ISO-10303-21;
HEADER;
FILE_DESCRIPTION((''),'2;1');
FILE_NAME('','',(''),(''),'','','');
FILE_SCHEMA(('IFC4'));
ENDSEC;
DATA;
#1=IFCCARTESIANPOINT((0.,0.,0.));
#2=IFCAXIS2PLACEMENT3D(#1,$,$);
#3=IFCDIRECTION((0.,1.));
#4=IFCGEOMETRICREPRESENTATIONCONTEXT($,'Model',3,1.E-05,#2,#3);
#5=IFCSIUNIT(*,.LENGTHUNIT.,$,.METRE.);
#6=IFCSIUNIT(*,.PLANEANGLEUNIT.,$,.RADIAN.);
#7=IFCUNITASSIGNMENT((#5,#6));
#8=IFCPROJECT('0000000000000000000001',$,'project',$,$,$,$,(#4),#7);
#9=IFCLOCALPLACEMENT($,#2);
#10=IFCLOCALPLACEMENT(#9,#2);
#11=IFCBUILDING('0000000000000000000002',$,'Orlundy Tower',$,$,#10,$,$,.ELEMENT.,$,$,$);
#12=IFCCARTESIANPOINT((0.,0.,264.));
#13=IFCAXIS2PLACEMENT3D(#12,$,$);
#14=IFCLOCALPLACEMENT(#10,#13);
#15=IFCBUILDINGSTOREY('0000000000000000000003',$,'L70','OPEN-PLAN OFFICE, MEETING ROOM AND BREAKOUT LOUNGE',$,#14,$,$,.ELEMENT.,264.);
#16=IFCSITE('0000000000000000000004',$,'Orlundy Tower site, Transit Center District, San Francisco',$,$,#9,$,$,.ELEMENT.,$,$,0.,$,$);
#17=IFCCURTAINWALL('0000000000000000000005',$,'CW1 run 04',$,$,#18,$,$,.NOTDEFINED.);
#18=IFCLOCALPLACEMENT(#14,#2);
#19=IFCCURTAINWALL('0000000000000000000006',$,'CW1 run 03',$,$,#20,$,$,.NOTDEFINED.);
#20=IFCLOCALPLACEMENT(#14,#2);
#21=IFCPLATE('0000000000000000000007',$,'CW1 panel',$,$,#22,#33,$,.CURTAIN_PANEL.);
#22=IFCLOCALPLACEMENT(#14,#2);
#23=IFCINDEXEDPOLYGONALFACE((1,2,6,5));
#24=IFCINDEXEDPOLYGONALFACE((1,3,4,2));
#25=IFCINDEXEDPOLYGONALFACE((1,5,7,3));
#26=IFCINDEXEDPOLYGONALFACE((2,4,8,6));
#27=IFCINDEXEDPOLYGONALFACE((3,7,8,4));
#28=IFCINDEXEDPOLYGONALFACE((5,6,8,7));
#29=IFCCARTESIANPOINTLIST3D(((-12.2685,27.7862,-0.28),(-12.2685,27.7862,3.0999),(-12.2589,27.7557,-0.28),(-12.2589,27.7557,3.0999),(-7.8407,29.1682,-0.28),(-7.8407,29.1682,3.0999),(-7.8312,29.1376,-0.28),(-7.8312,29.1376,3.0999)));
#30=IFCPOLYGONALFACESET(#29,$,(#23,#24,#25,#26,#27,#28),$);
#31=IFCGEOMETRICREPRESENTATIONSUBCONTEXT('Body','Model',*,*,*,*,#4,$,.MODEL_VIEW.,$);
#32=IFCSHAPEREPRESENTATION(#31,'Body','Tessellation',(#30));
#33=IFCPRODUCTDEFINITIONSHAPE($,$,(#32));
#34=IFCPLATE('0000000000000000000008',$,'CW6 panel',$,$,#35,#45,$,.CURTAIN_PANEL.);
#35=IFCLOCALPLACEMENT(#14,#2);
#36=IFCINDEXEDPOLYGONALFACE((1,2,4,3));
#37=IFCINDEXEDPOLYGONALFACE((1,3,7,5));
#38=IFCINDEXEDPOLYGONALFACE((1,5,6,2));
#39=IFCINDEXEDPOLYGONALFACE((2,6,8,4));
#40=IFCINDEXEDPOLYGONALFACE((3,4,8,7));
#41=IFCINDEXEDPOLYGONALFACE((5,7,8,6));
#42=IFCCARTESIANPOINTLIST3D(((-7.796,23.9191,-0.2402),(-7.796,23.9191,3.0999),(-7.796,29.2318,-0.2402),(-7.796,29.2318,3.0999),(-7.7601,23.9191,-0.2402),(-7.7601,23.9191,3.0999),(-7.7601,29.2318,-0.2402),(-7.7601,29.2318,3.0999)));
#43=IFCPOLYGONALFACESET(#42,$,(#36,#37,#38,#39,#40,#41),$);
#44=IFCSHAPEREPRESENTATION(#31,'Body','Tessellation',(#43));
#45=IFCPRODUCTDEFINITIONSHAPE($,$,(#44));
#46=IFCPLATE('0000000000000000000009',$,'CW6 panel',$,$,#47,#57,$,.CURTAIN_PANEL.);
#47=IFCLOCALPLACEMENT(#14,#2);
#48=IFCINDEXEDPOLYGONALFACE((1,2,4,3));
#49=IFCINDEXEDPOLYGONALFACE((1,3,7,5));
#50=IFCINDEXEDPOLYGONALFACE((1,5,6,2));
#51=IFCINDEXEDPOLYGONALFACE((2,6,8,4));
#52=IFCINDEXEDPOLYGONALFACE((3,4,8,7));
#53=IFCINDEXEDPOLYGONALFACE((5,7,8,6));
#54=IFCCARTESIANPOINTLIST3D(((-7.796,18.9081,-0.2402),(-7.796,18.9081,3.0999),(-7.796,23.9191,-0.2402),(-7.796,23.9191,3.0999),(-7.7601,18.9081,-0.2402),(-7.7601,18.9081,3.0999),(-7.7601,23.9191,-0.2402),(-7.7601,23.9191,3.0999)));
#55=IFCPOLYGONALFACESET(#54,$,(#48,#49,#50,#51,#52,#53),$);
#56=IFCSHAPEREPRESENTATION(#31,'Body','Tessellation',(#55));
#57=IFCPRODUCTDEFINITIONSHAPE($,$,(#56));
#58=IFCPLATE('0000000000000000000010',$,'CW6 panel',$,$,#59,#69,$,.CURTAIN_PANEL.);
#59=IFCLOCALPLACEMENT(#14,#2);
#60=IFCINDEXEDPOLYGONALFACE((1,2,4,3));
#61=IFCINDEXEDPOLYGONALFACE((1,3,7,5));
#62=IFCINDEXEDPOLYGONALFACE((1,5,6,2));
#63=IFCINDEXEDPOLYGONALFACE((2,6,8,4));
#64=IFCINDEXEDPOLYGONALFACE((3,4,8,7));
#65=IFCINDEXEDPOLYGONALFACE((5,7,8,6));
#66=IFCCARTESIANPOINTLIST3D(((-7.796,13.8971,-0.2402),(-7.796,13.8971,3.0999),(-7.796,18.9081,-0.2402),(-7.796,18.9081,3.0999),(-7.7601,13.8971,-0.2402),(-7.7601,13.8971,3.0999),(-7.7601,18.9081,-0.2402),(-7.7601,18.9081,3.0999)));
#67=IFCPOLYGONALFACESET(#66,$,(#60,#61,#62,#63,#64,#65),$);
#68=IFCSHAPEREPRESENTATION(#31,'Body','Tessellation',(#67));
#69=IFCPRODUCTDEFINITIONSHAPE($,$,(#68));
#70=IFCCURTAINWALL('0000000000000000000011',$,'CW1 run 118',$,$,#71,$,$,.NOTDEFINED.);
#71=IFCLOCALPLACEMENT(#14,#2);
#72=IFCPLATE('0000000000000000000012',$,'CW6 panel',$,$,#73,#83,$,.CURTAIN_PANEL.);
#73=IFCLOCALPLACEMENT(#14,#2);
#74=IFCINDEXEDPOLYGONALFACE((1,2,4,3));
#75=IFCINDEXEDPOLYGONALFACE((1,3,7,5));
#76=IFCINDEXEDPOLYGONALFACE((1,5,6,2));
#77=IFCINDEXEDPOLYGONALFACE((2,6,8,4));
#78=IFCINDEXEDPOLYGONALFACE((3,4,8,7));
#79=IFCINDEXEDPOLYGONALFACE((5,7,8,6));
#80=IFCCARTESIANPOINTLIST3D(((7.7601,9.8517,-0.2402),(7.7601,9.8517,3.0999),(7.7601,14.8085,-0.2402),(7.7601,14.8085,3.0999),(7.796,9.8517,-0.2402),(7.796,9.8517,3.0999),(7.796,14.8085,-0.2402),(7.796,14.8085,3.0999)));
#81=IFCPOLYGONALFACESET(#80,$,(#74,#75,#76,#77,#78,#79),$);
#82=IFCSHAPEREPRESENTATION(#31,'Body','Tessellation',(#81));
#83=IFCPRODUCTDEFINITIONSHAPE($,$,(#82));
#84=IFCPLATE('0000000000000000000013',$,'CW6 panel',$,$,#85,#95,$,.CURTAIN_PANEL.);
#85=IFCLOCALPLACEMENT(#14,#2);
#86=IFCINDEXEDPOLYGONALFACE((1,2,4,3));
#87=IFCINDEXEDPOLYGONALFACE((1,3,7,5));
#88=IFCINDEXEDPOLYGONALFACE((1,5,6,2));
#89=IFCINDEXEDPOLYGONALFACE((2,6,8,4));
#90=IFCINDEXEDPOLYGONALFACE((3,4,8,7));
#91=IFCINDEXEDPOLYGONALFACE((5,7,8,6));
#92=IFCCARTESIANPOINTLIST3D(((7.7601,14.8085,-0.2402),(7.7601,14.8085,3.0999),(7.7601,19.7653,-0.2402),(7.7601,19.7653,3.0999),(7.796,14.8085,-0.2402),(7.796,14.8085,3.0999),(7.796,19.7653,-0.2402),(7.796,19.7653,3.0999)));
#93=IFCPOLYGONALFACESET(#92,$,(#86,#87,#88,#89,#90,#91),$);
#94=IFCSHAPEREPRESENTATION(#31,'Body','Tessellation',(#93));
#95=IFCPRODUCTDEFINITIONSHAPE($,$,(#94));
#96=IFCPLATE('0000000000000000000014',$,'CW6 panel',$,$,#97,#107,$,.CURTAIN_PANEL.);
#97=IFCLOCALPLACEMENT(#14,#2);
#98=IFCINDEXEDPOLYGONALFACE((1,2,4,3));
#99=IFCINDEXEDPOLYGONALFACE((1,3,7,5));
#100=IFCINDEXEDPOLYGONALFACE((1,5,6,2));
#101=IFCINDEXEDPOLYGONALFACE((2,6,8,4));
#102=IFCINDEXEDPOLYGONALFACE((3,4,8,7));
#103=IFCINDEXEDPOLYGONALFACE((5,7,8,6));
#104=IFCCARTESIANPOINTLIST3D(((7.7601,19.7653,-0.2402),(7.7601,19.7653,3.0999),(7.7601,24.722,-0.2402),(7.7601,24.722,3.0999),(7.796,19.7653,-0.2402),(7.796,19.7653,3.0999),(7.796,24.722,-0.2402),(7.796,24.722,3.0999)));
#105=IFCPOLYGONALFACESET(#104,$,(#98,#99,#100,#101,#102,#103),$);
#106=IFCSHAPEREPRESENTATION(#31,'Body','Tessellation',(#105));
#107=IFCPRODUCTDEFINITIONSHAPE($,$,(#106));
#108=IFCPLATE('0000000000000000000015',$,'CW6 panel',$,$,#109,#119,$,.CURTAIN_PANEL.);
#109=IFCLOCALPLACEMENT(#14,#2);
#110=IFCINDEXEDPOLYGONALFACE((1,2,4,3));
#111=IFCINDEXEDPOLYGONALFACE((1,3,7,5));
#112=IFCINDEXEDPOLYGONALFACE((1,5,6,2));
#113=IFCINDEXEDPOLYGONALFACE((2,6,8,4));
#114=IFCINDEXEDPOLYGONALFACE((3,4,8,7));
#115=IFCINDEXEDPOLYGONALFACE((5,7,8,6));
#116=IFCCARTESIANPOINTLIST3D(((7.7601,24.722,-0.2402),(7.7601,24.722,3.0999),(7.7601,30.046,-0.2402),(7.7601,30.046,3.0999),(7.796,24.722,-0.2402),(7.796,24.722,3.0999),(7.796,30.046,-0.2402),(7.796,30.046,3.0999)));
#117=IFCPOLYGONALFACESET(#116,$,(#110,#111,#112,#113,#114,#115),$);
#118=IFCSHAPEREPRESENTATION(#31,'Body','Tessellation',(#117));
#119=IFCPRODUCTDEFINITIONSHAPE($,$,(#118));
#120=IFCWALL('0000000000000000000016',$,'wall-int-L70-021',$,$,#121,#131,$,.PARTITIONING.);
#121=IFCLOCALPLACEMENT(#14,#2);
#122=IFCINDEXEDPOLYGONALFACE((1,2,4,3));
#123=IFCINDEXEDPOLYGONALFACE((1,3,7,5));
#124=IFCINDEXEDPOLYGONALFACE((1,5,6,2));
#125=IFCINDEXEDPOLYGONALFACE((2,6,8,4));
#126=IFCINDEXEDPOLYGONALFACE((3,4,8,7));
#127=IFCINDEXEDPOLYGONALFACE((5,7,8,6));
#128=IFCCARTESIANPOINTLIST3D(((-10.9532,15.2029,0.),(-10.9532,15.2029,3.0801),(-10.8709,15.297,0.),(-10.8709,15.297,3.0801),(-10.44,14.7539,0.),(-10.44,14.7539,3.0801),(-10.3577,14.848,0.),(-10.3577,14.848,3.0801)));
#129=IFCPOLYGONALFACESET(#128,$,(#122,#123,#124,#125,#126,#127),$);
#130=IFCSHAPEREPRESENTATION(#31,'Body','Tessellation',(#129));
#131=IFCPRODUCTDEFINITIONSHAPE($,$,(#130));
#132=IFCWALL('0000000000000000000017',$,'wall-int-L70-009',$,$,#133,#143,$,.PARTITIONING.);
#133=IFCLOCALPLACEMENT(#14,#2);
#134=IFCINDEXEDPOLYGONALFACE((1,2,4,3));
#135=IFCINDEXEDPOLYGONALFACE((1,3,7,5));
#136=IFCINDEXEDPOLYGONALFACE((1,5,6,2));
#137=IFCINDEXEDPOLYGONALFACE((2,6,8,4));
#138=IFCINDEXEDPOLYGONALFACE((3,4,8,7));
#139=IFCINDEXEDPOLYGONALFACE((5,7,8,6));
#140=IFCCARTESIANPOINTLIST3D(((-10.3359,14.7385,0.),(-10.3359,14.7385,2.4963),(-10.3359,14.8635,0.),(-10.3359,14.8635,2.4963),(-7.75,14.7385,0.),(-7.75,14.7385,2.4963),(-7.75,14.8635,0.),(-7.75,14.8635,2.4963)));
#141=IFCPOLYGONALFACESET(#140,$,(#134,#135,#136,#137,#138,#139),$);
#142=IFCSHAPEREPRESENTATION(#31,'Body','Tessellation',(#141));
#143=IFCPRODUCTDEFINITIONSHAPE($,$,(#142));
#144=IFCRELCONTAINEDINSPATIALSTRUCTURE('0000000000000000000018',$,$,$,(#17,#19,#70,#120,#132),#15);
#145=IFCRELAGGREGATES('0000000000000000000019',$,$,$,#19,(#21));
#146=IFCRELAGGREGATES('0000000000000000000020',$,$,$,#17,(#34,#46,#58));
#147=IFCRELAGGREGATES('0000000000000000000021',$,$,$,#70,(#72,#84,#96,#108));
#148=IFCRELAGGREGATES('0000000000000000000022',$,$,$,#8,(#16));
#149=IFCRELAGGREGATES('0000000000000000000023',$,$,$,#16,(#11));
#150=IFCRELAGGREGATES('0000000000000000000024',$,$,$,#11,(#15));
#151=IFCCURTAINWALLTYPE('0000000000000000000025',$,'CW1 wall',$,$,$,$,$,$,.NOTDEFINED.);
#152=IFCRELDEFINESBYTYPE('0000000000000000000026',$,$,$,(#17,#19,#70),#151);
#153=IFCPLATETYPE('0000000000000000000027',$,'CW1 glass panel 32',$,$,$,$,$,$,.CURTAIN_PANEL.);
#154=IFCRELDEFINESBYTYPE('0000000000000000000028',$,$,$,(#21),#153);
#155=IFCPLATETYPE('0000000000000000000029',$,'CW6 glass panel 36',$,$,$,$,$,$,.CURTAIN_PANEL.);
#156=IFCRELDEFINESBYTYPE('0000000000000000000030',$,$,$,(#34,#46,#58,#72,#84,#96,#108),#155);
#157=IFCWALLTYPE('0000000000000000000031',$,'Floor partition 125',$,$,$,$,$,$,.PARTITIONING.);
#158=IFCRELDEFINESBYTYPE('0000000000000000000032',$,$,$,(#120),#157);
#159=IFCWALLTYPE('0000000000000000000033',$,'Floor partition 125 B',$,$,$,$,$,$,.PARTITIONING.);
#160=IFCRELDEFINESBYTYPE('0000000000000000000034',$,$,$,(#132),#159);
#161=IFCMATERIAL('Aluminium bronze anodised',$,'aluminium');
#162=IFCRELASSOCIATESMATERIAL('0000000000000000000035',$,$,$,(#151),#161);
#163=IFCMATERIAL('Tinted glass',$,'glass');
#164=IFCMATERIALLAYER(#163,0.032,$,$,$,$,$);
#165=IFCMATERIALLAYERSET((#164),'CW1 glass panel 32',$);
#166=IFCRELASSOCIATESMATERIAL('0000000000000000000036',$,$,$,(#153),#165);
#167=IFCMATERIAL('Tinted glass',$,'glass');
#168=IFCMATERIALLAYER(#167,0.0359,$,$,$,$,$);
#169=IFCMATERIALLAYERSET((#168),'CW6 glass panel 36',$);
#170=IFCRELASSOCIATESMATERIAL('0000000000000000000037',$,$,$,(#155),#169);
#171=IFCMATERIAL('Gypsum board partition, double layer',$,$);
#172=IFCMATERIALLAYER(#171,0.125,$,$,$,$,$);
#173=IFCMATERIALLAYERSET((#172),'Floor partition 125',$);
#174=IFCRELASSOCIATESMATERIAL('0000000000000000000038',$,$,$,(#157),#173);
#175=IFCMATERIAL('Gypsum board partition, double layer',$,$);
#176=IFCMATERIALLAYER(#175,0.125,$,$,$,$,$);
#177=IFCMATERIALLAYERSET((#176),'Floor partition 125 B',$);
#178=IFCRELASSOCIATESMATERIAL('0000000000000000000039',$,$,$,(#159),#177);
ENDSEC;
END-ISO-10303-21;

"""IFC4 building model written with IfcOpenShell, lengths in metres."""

from ifc_helpers import new_model, si_unit, direction, frame, frame_2d, origin, origin_2d, place, context, subcontext, project, spatial, rectangle, extrude, material, layer, layer_set, type_object, element, aggregate, save


model = new_model("IFC4")

# Units and contexts
model_context = context("Model", 3, precision=1e-05, world=origin(), true_north=direction((0.0, 1.0)))
body_context = subcontext(model_context, "Body", "Model", "MODEL_VIEW")
ifc_project = project(units=[si_unit("LENGTHUNIT", "METRE"), si_unit("PLANEANGLEUNIT", "RADIAN")], contexts=[model_context])

# Site, building, storey
site_placement = place(None, origin())
site = spatial("IfcSite", under=ifc_project, at=site_placement, Name="Orlundy Tower site, Transit Center District, San Francisco", CompositionType="ELEMENT", RefElevation=0.0)
building_placement = place(site_placement, origin())
building = spatial("IfcBuilding", under=site, at=building_placement, Name="Orlundy Tower", CompositionType="ELEMENT")
storey_placement = place(building_placement, frame((0.0, 0.0, 264.0)))
storey = spatial("IfcBuildingStorey", under=building, at=storey_placement, Name="L70", Description="OPEN-PLAN OFFICE, MEETING ROOM AND BREAKOUT LOUNGE", CompositionType="ELEMENT", Elevation=264.0)

# Curtain walls
ifc_material_1 = material(Name="Aluminium bronze anodised", Category="aluminium")
curtain_wall_type = type_object("IfcCurtainWallType", Name="CW1 wall", PredefinedType="NOTDEFINED", material=ifc_material_1)
curtain_wall_1_placement = place(storey_placement, origin())
curtain_wall_1 = element("IfcCurtainWall", 1, at=curtain_wall_1_placement, inside=storey, type_object=curtain_wall_type, Name="CW1 run 04", PredefinedType="NOTDEFINED")
curtain_wall_2_placement = place(storey_placement, origin())
curtain_wall_2 = element("IfcCurtainWall", 2, at=curtain_wall_2_placement, inside=storey, type_object=curtain_wall_type, Name="CW1 run 03", PredefinedType="NOTDEFINED")

# Plates
ifc_material_2 = material(Name="Tinted glass", Category="glass")
ifc_layer_1 = layer(ifc_material_2, 0.032)
ifc_layer_set_1 = layer_set([ifc_layer_1], Name="CW1 glass panel 32")
plate_type_1 = type_object("IfcPlateType", Name="CW1 glass panel 32", PredefinedType="CURTAIN_PANEL", material=ifc_layer_set_1)
plate_1_placement = place(storey_placement, frame((-10.0498, 28.4619, -0.28), z_axis=(0.0, 0.0, 1.0), x_axis=(0.954586, 0.297935, 0.0)))
plate_1 = element("IfcPlate", 3, at=plate_1_placement, type_object=plate_type_1, Name="CW1 panel", PredefinedType="CURTAIN_PANEL", context=body_context, shape_type="SweptSolid", body=[
    extrude(rectangle(XDim=4.6384, YDim=0.032, at=origin_2d()), origin(), (0.0, 0.0, 1.0), 3.3799),
])
aggregate(curtain_wall_2, [plate_1])
ifc_material_3 = material(Name="Tinted glass", Category="glass")
ifc_layer_2 = layer(ifc_material_3, 0.0359)
ifc_layer_set_2 = layer_set([ifc_layer_2], Name="CW6 glass panel 36")
plate_type_2 = type_object("IfcPlateType", Name="CW6 glass panel 36", PredefinedType="CURTAIN_PANEL", material=ifc_layer_set_2)
plate_2_placement = place(storey_placement, frame((-7.7781, 26.5754, -0.2402), z_axis=(0.0, 0.0, 1.0), x_axis=(0.0, -1.0, 0.0)))
plate_2 = element("IfcPlate", 4, at=plate_2_placement, type_object=plate_type_2, Name="CW6 panel", PredefinedType="CURTAIN_PANEL", context=body_context, shape_type="SweptSolid", body=[
    extrude(rectangle(XDim=5.3127, YDim=0.0359, at=origin_2d()), origin(), (0.0, 0.0, 1.0), 3.3401),
])
plate_3_placement = place(storey_placement, frame((-7.7781, 21.4136, -0.2402), z_axis=(0.0, 0.0, 1.0), x_axis=(0.0, -1.0, 0.0)))
plate_3 = element("IfcPlate", 5, at=plate_3_placement, type_object=plate_type_2, Name="CW6 panel", PredefinedType="CURTAIN_PANEL", context=body_context, shape_type="SweptSolid", body=[
    extrude(rectangle(XDim=5.011, YDim=0.0359, at=origin_2d()), origin(), (0.0, 0.0, 1.0), 3.3401),
])
plate_4_placement = place(storey_placement, frame((-7.7781, 16.4026, -0.2402), z_axis=(0.0, 0.0, 1.0), x_axis=(0.0, -1.0, 0.0)))
plate_4 = element("IfcPlate", 6, at=plate_4_placement, type_object=plate_type_2, Name="CW6 panel", PredefinedType="CURTAIN_PANEL", context=body_context, shape_type="SweptSolid", body=[
    extrude(rectangle(XDim=5.011, YDim=0.0359, at=origin_2d()), origin(), (0.0, 0.0, 1.0), 3.3401),
])
aggregate(curtain_wall_1, [plate_2, plate_3, plate_4])

# Curtain wall, plates
curtain_wall_3_placement = place(storey_placement, origin())
curtain_wall_3 = element("IfcCurtainWall", 7, at=curtain_wall_3_placement, inside=storey, type_object=curtain_wall_type, Name="CW1 run 118", PredefinedType="NOTDEFINED")
plate_5_placement = place(storey_placement, frame((7.7781, 12.3301, -0.2402), z_axis=(0.0, 0.0, 1.0), x_axis=(0.0, 1.0, 0.0)))
plate_5 = element("IfcPlate", 8, at=plate_5_placement, type_object=plate_type_2, Name="CW6 panel", PredefinedType="CURTAIN_PANEL", context=body_context, shape_type="SweptSolid", body=[
    extrude(rectangle(XDim=4.9568, YDim=0.0359, at=origin_2d()), origin(), (0.0, 0.0, 1.0), 3.3401),
])
plate_6_placement = place(storey_placement, frame((7.7781, 17.2869, -0.2402), z_axis=(0.0, 0.0, 1.0), x_axis=(0.0, 1.0, 0.0)))
plate_6 = element("IfcPlate", 9, at=plate_6_placement, type_object=plate_type_2, Name="CW6 panel", PredefinedType="CURTAIN_PANEL", context=body_context, shape_type="SweptSolid", body=[
    extrude(rectangle(XDim=4.9568, YDim=0.0359, at=origin_2d()), origin(), (0.0, 0.0, 1.0), 3.3401),
])
plate_7_placement = place(storey_placement, frame((7.7781, 22.2437, -0.2402), z_axis=(0.0, 0.0, 1.0), x_axis=(0.0, 1.0, 0.0)))
plate_7 = element("IfcPlate", 10, at=plate_7_placement, type_object=plate_type_2, Name="CW6 panel", PredefinedType="CURTAIN_PANEL", context=body_context, shape_type="SweptSolid", body=[
    extrude(rectangle(XDim=4.9568, YDim=0.0359, at=origin_2d()), origin(), (0.0, 0.0, 1.0), 3.3401),
])
plate_8_placement = place(storey_placement, frame((7.7781, 27.384, -0.2402), z_axis=(0.0, 0.0, 1.0), x_axis=(0.0, 1.0, 0.0)))
plate_8 = element("IfcPlate", 11, at=plate_8_placement, type_object=plate_type_2, Name="CW6 panel", PredefinedType="CURTAIN_PANEL", context=body_context, shape_type="SweptSolid", body=[
    extrude(rectangle(XDim=5.324, YDim=0.0359, at=origin_2d()), origin(), (0.0, 0.0, 1.0), 3.3401),
])
aggregate(curtain_wall_3, [plate_5, plate_6, plate_7, plate_8])

# Walls
ifc_material_4 = material(Name="Gypsum board partition, double layer")
ifc_layer_3 = layer(ifc_material_4, 0.125)
ifc_layer_set_3 = layer_set([ifc_layer_3], Name="Floor partition 125")
wall_type_1 = type_object("IfcWallType", Name="Floor partition 125", PredefinedType="PARTITIONING", material=ifc_layer_set_3)
wall_1_placement = place(storey_placement, frame((-10.3989, 14.801, 0.0), z_axis=(0.0, 0.0, 1.0), x_axis=(-0.752621, 0.658454, 0.0)))
element("IfcWall", 12, at=wall_1_placement, inside=storey, type_object=wall_type_1, Name="wall-int-L70-021", PredefinedType="PARTITIONING", context=body_context, shape_type="SweptSolid", body=[
    extrude(rectangle(XDim=0.6819, YDim=0.125, at=frame_2d((0.3408, 0.0))), origin(), (0.0, 0.0, 1.0), 3.0801),
])
ifc_material_5 = material(Name="Gypsum board partition, double layer")
ifc_layer_4 = layer(ifc_material_5, 0.125)
ifc_layer_set_4 = layer_set([ifc_layer_4], Name="Floor partition 125 B")
wall_type_2 = type_object("IfcWallType", Name="Floor partition 125 B", PredefinedType="PARTITIONING", material=ifc_layer_set_4)
wall_2_placement = place(storey_placement, frame((-10.3359, 14.801, 0.0), z_axis=(0.0, 0.0, 1.0), x_axis=(1.0, 0.0, 0.0)))
element("IfcWall", 13, at=wall_2_placement, inside=storey, type_object=wall_type_2, Name="wall-int-L70-009", PredefinedType="PARTITIONING", context=body_context, shape_type="SweptSolid", body=[
    extrude(rectangle(XDim=2.5859, YDim=0.125, at=frame_2d((1.293, 0.0))), origin(), (0.0, 0.0, 1.0), 2.4963),
])

save(model, "model.ifc")
